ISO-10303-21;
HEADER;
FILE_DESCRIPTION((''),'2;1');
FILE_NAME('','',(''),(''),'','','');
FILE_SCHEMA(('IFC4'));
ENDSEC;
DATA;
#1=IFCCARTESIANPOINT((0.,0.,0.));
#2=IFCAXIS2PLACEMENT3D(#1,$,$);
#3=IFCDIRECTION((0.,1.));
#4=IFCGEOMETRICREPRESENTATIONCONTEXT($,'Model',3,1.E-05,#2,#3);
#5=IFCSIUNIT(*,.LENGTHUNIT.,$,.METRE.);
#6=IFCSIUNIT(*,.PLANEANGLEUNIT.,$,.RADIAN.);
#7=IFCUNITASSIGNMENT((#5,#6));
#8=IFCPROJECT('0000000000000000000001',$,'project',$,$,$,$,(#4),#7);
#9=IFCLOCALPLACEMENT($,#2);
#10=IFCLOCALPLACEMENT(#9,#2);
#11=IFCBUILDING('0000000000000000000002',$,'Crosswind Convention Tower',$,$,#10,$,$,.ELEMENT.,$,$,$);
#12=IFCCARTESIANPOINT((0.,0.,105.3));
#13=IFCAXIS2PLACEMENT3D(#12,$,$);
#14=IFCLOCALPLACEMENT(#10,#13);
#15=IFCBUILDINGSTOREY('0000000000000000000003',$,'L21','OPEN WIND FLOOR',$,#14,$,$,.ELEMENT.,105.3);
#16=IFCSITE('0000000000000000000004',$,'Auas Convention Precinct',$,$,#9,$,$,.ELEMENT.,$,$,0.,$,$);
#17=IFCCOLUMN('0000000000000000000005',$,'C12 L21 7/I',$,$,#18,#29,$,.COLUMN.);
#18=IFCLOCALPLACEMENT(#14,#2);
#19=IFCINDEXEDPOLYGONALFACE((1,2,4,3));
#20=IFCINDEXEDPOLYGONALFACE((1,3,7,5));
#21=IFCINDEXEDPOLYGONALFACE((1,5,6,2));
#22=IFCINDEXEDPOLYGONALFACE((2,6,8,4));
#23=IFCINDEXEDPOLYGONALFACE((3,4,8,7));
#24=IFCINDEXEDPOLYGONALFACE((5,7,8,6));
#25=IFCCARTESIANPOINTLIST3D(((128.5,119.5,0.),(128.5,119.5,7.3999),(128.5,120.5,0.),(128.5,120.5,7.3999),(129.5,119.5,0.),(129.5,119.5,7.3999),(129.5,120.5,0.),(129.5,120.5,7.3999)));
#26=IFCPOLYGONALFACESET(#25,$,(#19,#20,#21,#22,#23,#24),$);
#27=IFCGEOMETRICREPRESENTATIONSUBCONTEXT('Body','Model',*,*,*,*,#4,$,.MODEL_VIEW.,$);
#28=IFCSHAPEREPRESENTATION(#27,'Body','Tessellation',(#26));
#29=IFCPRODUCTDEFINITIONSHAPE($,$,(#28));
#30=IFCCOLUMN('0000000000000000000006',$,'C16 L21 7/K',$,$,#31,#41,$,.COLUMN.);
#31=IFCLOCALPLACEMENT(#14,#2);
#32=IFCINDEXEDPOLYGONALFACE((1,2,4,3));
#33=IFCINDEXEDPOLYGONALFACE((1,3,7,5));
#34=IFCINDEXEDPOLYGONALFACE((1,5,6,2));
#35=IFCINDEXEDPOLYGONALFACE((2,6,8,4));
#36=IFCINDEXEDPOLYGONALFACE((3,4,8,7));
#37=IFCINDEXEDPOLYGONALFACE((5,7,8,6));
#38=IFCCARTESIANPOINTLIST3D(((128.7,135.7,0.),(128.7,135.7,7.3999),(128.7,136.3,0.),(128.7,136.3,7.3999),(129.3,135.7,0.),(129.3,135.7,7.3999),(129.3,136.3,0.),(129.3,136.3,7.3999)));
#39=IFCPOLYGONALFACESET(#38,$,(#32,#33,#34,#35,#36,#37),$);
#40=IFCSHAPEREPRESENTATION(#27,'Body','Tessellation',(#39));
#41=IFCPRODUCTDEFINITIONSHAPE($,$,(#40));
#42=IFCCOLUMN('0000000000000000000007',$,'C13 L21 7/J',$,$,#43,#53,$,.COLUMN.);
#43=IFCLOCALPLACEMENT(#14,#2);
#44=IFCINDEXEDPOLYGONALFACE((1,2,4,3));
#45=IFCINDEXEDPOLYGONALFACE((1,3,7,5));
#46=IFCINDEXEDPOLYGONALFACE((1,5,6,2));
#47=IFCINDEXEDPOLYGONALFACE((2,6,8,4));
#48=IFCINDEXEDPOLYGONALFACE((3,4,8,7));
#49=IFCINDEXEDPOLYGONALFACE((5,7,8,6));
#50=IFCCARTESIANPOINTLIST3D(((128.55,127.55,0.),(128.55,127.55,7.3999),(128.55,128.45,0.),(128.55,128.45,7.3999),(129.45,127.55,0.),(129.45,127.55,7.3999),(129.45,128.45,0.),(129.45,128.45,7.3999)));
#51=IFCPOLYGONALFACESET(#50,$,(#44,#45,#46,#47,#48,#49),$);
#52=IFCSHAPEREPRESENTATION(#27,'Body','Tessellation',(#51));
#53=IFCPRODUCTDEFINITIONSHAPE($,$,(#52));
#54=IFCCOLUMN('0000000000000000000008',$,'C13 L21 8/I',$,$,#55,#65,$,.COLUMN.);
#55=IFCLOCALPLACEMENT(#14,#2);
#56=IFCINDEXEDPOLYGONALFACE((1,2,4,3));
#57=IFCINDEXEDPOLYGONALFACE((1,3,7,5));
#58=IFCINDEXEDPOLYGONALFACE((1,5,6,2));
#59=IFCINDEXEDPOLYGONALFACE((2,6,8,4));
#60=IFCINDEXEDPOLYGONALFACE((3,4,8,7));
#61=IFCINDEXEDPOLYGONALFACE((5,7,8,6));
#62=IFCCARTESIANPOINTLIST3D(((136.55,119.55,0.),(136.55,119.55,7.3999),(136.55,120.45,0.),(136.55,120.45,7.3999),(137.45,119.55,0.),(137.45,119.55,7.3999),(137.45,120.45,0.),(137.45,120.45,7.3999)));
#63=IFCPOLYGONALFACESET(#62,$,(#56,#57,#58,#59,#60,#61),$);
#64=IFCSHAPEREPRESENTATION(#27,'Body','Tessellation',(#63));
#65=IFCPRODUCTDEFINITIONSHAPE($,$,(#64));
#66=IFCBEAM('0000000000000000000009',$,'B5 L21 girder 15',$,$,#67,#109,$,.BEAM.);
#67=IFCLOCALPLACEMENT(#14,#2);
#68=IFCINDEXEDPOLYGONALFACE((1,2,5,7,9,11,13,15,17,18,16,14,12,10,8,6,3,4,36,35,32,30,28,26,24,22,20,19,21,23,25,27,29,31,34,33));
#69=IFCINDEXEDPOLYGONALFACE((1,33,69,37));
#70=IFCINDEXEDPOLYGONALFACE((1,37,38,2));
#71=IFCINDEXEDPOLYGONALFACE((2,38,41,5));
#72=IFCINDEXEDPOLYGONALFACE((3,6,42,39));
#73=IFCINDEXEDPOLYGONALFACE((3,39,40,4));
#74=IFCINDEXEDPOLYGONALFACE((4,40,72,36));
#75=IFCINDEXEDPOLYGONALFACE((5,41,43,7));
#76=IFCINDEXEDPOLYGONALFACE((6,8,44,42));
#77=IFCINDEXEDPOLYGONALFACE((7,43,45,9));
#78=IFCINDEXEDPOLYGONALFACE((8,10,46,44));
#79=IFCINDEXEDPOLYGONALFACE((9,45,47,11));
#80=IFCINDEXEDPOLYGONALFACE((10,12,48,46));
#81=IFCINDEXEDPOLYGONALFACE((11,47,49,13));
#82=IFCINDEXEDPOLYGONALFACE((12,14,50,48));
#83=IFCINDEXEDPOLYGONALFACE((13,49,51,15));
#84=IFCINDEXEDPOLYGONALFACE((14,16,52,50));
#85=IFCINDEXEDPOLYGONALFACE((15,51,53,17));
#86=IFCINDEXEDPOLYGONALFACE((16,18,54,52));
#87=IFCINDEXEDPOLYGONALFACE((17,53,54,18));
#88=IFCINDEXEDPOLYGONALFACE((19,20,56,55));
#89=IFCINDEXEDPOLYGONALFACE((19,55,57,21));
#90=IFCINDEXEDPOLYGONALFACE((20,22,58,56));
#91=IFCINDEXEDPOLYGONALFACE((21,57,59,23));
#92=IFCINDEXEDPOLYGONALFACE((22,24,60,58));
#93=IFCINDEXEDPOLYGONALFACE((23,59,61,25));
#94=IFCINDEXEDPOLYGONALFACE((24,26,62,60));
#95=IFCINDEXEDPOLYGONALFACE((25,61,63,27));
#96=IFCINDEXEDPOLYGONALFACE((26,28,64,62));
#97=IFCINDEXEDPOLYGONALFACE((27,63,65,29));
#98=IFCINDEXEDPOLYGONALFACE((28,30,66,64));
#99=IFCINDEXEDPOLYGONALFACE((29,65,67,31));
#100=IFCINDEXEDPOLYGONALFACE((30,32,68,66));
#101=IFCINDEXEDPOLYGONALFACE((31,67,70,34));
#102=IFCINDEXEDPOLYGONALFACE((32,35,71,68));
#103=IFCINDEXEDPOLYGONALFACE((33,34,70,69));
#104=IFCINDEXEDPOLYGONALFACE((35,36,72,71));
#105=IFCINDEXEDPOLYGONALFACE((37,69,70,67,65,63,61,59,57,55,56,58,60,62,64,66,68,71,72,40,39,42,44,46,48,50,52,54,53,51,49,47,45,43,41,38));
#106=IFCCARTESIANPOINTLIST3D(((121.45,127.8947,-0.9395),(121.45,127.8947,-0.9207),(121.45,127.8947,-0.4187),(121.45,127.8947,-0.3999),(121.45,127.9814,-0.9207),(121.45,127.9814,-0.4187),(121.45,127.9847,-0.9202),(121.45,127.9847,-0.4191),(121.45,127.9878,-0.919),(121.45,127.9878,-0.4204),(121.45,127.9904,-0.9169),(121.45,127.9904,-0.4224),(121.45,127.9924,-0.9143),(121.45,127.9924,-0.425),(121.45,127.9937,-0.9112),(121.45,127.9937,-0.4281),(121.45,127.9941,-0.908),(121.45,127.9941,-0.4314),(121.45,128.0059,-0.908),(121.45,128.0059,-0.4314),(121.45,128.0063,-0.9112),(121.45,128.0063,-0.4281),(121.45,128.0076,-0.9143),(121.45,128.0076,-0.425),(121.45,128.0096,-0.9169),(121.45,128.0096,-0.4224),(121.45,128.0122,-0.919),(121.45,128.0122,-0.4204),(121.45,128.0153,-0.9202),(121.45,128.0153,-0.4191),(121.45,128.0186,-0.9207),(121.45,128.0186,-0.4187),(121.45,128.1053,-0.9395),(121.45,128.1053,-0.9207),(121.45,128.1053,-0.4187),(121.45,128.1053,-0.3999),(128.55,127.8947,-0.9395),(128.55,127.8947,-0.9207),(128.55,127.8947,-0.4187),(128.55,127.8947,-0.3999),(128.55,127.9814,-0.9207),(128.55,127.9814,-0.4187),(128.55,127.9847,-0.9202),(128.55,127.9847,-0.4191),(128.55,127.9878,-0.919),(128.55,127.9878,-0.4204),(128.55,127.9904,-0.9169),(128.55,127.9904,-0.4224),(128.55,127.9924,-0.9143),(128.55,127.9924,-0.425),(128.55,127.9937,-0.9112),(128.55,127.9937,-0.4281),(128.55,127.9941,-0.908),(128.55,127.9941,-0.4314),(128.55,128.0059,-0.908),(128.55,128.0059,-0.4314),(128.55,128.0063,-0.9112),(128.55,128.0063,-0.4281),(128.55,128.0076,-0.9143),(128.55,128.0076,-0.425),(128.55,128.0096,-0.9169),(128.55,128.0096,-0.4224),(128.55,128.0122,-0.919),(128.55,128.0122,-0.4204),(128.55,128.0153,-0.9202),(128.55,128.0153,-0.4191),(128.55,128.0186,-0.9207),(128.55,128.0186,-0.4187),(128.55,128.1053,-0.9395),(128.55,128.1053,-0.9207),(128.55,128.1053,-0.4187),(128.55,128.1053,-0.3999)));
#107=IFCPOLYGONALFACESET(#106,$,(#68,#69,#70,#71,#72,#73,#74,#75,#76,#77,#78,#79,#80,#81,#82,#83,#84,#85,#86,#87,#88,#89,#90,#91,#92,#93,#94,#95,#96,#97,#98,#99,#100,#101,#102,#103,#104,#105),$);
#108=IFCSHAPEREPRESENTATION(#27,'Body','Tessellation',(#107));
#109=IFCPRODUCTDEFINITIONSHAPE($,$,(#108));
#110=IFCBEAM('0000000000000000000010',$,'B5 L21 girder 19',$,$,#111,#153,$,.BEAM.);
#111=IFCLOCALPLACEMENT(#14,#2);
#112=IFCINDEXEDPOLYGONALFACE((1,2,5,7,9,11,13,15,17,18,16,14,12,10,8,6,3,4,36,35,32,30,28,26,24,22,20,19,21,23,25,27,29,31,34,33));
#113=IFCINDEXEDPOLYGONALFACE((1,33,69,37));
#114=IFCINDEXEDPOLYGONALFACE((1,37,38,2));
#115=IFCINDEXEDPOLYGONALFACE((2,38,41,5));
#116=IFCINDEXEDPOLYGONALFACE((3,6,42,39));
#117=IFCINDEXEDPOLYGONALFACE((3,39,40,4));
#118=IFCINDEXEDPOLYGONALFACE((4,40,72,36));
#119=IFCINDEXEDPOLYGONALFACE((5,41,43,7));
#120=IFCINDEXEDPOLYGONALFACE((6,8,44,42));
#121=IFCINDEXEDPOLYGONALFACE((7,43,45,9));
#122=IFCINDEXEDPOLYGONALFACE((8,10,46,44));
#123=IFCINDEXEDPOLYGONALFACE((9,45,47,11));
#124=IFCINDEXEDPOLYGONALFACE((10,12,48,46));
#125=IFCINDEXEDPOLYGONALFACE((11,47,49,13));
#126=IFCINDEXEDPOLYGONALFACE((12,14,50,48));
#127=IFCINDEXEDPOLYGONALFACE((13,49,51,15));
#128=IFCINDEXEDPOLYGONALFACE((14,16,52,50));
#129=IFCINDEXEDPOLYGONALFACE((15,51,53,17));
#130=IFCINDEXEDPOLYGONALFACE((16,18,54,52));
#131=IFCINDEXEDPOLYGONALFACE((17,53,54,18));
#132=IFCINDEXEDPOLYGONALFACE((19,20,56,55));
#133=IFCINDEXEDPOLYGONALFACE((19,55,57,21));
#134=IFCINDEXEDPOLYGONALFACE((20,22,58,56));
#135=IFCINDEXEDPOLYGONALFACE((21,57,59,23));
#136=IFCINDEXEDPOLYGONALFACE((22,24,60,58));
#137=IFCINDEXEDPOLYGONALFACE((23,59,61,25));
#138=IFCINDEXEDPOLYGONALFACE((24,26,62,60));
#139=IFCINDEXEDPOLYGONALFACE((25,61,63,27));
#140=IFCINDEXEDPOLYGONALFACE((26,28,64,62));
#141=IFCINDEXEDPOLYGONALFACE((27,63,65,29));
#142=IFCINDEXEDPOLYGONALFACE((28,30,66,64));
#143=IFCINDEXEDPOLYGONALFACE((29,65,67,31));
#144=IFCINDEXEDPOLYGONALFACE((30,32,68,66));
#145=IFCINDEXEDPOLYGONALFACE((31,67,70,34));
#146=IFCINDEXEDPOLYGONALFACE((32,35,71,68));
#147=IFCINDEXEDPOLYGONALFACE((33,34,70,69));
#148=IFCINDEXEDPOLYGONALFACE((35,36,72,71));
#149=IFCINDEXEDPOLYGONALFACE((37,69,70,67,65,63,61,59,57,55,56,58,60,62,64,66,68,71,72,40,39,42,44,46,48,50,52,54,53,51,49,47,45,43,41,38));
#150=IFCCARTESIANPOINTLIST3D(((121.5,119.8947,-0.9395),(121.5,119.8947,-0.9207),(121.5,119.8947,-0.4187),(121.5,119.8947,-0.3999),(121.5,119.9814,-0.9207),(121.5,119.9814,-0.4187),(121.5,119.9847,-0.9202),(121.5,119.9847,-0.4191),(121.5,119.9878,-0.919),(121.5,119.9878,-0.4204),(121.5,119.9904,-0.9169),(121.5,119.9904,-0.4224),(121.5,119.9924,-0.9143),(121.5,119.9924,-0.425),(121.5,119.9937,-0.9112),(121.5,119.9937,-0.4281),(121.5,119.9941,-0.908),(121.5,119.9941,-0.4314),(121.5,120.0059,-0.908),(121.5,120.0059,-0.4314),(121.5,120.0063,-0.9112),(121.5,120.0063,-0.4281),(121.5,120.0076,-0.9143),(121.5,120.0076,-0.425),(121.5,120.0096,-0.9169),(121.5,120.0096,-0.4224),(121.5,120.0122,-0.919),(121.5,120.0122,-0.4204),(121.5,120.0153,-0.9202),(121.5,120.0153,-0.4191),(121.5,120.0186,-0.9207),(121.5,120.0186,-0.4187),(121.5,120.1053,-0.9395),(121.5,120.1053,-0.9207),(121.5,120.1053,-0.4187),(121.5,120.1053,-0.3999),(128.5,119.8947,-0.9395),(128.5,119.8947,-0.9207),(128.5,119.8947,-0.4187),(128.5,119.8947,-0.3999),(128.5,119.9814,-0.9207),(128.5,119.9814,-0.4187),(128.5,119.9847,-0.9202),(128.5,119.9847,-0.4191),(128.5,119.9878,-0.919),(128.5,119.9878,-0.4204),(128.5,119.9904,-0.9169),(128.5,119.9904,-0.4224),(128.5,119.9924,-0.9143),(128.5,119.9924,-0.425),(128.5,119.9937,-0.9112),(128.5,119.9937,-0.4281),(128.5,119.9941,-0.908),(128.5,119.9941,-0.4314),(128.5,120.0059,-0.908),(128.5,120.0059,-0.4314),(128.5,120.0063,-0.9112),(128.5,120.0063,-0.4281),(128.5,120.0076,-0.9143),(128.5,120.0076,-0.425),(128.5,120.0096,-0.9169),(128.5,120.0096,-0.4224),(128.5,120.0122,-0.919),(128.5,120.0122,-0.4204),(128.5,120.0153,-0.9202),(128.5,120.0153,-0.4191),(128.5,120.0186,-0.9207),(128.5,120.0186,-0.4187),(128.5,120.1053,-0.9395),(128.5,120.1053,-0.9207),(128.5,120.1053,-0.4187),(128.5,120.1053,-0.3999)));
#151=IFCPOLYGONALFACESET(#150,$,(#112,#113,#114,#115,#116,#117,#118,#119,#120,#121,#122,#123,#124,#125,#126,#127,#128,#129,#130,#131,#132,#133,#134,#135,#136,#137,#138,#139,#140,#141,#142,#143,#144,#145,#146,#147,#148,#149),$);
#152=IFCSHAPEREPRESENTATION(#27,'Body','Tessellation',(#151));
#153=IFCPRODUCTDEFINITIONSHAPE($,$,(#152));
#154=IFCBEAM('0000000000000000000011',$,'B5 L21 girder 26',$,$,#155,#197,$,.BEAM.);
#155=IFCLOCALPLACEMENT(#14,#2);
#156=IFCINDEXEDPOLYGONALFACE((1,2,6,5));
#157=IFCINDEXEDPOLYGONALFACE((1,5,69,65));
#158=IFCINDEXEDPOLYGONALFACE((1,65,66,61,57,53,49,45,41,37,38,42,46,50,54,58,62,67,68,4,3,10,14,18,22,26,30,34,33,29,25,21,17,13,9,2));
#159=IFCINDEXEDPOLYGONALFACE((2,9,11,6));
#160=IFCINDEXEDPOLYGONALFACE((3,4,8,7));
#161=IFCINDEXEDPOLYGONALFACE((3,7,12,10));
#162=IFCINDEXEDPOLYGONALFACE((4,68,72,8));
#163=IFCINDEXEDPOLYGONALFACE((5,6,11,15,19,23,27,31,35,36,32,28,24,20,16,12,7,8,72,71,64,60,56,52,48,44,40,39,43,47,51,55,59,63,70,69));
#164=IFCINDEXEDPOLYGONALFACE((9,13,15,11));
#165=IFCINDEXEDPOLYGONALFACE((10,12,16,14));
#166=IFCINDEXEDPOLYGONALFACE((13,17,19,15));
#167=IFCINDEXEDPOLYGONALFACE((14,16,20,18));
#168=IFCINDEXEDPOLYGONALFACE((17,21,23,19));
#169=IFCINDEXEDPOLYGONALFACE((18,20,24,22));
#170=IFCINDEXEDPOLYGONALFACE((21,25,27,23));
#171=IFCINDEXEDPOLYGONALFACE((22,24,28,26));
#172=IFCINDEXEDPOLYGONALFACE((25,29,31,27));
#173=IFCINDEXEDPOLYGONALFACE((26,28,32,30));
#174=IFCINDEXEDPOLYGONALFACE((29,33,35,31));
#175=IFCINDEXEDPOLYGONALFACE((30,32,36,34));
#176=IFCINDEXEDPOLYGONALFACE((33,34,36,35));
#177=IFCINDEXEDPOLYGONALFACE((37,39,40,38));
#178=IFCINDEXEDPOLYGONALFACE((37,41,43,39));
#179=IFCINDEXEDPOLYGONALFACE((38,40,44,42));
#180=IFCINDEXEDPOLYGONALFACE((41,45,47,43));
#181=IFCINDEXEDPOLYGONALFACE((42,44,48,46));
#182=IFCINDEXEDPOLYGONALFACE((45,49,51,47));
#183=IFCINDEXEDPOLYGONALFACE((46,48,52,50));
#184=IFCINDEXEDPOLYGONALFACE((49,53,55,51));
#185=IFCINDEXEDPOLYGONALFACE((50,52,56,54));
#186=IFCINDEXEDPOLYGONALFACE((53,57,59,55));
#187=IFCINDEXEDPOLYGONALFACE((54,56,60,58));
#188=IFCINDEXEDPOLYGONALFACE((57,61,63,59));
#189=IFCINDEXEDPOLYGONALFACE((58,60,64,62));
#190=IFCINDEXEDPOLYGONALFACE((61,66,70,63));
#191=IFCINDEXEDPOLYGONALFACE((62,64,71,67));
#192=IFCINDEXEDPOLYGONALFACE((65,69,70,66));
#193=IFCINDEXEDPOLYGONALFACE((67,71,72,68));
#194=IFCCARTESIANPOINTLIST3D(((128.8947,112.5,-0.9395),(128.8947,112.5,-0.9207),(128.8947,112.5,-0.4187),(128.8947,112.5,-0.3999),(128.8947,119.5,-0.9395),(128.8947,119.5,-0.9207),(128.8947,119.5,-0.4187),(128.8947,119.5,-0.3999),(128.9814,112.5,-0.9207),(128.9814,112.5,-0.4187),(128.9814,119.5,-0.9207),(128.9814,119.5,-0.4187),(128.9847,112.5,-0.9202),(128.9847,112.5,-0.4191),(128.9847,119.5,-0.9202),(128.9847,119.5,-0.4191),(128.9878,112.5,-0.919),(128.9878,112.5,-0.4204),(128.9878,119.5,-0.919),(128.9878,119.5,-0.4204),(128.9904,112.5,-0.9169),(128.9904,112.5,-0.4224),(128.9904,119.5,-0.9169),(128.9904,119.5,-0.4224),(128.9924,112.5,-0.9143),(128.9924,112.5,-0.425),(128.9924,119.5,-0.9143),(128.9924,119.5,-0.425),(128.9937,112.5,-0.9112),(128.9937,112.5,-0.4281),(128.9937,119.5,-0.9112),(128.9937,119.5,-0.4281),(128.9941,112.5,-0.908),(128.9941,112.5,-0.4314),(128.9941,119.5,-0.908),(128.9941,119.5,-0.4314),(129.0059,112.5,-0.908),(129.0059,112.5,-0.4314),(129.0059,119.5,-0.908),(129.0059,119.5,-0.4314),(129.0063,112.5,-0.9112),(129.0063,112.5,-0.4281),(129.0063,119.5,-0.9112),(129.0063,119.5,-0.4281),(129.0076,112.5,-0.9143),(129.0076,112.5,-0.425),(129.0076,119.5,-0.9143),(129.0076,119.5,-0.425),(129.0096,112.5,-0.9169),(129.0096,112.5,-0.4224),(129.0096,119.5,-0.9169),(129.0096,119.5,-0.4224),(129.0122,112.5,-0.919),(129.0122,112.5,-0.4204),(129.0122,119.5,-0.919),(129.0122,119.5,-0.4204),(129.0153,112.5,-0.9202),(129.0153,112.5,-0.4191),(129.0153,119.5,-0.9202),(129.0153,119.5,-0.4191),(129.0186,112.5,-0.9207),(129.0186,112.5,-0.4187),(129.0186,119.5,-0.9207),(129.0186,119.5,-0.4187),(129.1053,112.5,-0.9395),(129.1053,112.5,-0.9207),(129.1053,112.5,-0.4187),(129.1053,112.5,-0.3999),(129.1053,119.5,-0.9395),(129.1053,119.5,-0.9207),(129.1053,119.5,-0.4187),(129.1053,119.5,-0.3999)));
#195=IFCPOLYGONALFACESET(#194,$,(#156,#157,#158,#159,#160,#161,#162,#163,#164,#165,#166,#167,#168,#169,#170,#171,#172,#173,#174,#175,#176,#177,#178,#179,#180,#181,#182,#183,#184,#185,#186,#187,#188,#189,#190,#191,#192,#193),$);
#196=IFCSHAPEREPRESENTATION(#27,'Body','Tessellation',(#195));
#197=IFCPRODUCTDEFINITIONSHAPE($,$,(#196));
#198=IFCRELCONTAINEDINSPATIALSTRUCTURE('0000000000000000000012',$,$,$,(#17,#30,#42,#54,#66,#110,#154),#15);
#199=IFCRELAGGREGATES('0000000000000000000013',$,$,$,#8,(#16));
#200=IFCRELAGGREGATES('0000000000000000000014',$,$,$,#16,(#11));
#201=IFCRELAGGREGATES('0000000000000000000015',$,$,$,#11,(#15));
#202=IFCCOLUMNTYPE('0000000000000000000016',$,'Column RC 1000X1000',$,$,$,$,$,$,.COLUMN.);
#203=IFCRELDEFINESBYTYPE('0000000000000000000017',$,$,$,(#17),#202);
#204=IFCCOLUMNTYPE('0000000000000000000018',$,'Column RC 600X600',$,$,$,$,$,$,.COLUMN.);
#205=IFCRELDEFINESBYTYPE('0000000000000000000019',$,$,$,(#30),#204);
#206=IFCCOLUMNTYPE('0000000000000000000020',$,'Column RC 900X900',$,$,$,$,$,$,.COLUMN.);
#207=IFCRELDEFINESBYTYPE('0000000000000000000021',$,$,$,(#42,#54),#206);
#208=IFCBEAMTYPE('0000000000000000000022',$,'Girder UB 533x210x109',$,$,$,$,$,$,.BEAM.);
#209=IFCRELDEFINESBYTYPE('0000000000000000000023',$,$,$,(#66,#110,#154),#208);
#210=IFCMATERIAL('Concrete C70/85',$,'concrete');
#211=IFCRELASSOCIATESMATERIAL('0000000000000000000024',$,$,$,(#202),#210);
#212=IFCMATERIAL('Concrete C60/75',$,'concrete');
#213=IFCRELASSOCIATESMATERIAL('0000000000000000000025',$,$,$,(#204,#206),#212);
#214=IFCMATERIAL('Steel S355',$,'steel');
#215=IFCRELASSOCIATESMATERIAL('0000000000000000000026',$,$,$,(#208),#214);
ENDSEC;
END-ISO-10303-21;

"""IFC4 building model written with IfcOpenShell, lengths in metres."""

from ifc_helpers import new_model, si_unit, direction, frame, origin, origin_2d, place, context, subcontext, project, spatial, rectangle, i_section, extrude, material, material_profile, profile_set, type_object, element, save


model = new_model("IFC4")

# Units and contexts
model_context = context("Model", 3, precision=1e-05, world=origin(), true_north=direction((0.0, 1.0)))
body_context = subcontext(model_context, "Body", "Model", "MODEL_VIEW")
ifc_project = project(units=[si_unit("LENGTHUNIT", "METRE"), si_unit("PLANEANGLEUNIT", "RADIAN")], contexts=[model_context])

# Site, building, storey
site_placement = place(None, origin())
site = spatial("IfcSite", under=ifc_project, at=site_placement, Name="Auas Convention Precinct", CompositionType="ELEMENT", RefElevation=0.0)
building_placement = place(site_placement, origin())
building = spatial("IfcBuilding", under=site, at=building_placement, Name="Crosswind Convention Tower", CompositionType="ELEMENT")
storey_placement = place(building_placement, frame((0.0, 0.0, 105.3)))
storey = spatial("IfcBuildingStorey", under=building, at=storey_placement, Name="L21", Description="OPEN WIND FLOOR", CompositionType="ELEMENT", Elevation=105.3)

# Columns
ifc_material_1 = material(Name="Concrete C70/85", Category="concrete")
ifc_material_profile_1 = material_profile(ifc_material_1, rectangle(XDim=1.0, YDim=1.0, at=origin_2d()), Name="RC 1000X1000")
ifc_profile_set_1 = profile_set([ifc_material_profile_1], Name="Concrete C70/85")
column_type_1 = type_object("IfcColumnType", Name="Column RC 1000X1000", PredefinedType="COLUMN", material=ifc_profile_set_1)
column_1_placement = place(storey_placement, frame((129.0, 120.0, 0.0), z_axis=(0.0, 0.0, 1.0), x_axis=(1.0, 0.0, 0.0)))
element("IfcColumn", 1, at=column_1_placement, inside=storey, type_object=column_type_1, Name="C12 L21 7/I", PredefinedType="COLUMN", context=body_context, shape_type="SweptSolid", body=[
    extrude(rectangle(XDim=1.0, YDim=1.0, at=origin_2d()), origin(), (0.0, 0.0, 1.0), 7.3999),
])
ifc_material_2 = material(Name="Concrete C60/75", Category="concrete")
ifc_material_profile_2 = material_profile(ifc_material_2, rectangle(XDim=0.6001, YDim=0.6001, at=origin_2d()), Name="RC 600X600")
ifc_profile_set_2 = profile_set([ifc_material_profile_2], Name="Concrete C60/75")
column_type_2 = type_object("IfcColumnType", Name="Column RC 600X600", PredefinedType="COLUMN", material=ifc_profile_set_2)
column_2_placement = place(storey_placement, frame((129.0, 136.0, 0.0), z_axis=(0.0, 0.0, 1.0), x_axis=(1.0, 0.0, 0.0)))
element("IfcColumn", 2, at=column_2_placement, inside=storey, type_object=column_type_2, Name="C16 L21 7/K", PredefinedType="COLUMN", context=body_context, shape_type="SweptSolid", body=[
    extrude(rectangle(XDim=0.6001, YDim=0.6001, at=origin_2d()), origin(), (0.0, 0.0, 1.0), 7.3999),
])
ifc_material_profile_3 = material_profile(ifc_material_2, rectangle(XDim=0.8999, YDim=0.8999, at=origin_2d()), Name="RC 900X900")
ifc_profile_set_3 = profile_set([ifc_material_profile_3], Name="Concrete C60/75")
column_type_3 = type_object("IfcColumnType", Name="Column RC 900X900", PredefinedType="COLUMN", material=ifc_profile_set_3)
for number, where, z_axis, x_axis, name in (
    (3, (129.0, 128.0, 0.0), (0.0, 0.0, 1.0), (1.0, 0.0, 0.0), "C13 L21 7/J"),
    (4, (137.0, 120.0, 0.0), (0.0, 0.0, 1.0), (1.0, 0.0, 0.0), "C13 L21 8/I"),
):
    element("IfcColumn", number, at=place(storey_placement, frame(where, z_axis=z_axis, x_axis=x_axis)), inside=storey, type_object=column_type_3, Name=name, PredefinedType="COLUMN", context=body_context, shape_type="SweptSolid", body=[
        extrude(rectangle(XDim=0.8999, YDim=0.8999, at=origin_2d()), origin(), (0.0, 0.0, 1.0), 7.3999),
    ])

# Beams
ifc_material_3 = material(Name="Steel S355", Category="steel")
ifc_material_profile_4 = material_profile(ifc_material_3, i_section(OverallWidth=0.2107, OverallDepth=0.5396, WebThickness=0.0117, FlangeThickness=0.0188, FilletRadius=0.0127, at=origin_2d()), Name="UB 533x210x109")
ifc_profile_set_4 = profile_set([ifc_material_profile_4], Name="Steel S355")
beam_type_1 = type_object("IfcBeamType", Name="Girder UB 533x210x109", PredefinedType="BEAM", material=ifc_profile_set_4)
beam_1_placement = place(storey_placement, frame((121.45, 128.0, -0.6697), z_axis=(1.0, 0.0, 0.0), x_axis=(0.0, 1.0, 0.0)))
element("IfcBeam", 5, at=beam_1_placement, inside=storey, type_object=beam_type_1, Name="B5 L21 girder 15", PredefinedType="BEAM", context=body_context, shape_type="SweptSolid", body=[
    extrude(i_section(OverallWidth=0.2107, OverallDepth=0.5396, WebThickness=0.0117, FlangeThickness=0.0188, FilletRadius=0.0127, at=origin_2d()), origin(), (0.0, 0.0, 1.0), 7.1001),
])
for number, where, z_axis, x_axis, name in (
    (6, (121.5, 120.0, -0.6697), (1.0, 0.0, 0.0), (0.0, 1.0, 0.0), "B5 L21 girder 19"),
    (7, (129.0, 112.5, -0.6697), (0.0, 1.0, 0.0), (-1.0, 0.0, 0.0), "B5 L21 girder 26"),
):
    element("IfcBeam", number, at=place(storey_placement, frame(where, z_axis=z_axis, x_axis=x_axis)), inside=storey, type_object=beam_type_1, Name=name, PredefinedType="BEAM", context=body_context, shape_type="SweptSolid", body=[
        extrude(i_section(OverallWidth=0.2107, OverallDepth=0.5396, WebThickness=0.0117, FlangeThickness=0.0188, FilletRadius=0.0127, at=origin_2d()), origin(), (0.0, 0.0, 1.0), 7.0),
    ])

save(model, "model.ifc")
